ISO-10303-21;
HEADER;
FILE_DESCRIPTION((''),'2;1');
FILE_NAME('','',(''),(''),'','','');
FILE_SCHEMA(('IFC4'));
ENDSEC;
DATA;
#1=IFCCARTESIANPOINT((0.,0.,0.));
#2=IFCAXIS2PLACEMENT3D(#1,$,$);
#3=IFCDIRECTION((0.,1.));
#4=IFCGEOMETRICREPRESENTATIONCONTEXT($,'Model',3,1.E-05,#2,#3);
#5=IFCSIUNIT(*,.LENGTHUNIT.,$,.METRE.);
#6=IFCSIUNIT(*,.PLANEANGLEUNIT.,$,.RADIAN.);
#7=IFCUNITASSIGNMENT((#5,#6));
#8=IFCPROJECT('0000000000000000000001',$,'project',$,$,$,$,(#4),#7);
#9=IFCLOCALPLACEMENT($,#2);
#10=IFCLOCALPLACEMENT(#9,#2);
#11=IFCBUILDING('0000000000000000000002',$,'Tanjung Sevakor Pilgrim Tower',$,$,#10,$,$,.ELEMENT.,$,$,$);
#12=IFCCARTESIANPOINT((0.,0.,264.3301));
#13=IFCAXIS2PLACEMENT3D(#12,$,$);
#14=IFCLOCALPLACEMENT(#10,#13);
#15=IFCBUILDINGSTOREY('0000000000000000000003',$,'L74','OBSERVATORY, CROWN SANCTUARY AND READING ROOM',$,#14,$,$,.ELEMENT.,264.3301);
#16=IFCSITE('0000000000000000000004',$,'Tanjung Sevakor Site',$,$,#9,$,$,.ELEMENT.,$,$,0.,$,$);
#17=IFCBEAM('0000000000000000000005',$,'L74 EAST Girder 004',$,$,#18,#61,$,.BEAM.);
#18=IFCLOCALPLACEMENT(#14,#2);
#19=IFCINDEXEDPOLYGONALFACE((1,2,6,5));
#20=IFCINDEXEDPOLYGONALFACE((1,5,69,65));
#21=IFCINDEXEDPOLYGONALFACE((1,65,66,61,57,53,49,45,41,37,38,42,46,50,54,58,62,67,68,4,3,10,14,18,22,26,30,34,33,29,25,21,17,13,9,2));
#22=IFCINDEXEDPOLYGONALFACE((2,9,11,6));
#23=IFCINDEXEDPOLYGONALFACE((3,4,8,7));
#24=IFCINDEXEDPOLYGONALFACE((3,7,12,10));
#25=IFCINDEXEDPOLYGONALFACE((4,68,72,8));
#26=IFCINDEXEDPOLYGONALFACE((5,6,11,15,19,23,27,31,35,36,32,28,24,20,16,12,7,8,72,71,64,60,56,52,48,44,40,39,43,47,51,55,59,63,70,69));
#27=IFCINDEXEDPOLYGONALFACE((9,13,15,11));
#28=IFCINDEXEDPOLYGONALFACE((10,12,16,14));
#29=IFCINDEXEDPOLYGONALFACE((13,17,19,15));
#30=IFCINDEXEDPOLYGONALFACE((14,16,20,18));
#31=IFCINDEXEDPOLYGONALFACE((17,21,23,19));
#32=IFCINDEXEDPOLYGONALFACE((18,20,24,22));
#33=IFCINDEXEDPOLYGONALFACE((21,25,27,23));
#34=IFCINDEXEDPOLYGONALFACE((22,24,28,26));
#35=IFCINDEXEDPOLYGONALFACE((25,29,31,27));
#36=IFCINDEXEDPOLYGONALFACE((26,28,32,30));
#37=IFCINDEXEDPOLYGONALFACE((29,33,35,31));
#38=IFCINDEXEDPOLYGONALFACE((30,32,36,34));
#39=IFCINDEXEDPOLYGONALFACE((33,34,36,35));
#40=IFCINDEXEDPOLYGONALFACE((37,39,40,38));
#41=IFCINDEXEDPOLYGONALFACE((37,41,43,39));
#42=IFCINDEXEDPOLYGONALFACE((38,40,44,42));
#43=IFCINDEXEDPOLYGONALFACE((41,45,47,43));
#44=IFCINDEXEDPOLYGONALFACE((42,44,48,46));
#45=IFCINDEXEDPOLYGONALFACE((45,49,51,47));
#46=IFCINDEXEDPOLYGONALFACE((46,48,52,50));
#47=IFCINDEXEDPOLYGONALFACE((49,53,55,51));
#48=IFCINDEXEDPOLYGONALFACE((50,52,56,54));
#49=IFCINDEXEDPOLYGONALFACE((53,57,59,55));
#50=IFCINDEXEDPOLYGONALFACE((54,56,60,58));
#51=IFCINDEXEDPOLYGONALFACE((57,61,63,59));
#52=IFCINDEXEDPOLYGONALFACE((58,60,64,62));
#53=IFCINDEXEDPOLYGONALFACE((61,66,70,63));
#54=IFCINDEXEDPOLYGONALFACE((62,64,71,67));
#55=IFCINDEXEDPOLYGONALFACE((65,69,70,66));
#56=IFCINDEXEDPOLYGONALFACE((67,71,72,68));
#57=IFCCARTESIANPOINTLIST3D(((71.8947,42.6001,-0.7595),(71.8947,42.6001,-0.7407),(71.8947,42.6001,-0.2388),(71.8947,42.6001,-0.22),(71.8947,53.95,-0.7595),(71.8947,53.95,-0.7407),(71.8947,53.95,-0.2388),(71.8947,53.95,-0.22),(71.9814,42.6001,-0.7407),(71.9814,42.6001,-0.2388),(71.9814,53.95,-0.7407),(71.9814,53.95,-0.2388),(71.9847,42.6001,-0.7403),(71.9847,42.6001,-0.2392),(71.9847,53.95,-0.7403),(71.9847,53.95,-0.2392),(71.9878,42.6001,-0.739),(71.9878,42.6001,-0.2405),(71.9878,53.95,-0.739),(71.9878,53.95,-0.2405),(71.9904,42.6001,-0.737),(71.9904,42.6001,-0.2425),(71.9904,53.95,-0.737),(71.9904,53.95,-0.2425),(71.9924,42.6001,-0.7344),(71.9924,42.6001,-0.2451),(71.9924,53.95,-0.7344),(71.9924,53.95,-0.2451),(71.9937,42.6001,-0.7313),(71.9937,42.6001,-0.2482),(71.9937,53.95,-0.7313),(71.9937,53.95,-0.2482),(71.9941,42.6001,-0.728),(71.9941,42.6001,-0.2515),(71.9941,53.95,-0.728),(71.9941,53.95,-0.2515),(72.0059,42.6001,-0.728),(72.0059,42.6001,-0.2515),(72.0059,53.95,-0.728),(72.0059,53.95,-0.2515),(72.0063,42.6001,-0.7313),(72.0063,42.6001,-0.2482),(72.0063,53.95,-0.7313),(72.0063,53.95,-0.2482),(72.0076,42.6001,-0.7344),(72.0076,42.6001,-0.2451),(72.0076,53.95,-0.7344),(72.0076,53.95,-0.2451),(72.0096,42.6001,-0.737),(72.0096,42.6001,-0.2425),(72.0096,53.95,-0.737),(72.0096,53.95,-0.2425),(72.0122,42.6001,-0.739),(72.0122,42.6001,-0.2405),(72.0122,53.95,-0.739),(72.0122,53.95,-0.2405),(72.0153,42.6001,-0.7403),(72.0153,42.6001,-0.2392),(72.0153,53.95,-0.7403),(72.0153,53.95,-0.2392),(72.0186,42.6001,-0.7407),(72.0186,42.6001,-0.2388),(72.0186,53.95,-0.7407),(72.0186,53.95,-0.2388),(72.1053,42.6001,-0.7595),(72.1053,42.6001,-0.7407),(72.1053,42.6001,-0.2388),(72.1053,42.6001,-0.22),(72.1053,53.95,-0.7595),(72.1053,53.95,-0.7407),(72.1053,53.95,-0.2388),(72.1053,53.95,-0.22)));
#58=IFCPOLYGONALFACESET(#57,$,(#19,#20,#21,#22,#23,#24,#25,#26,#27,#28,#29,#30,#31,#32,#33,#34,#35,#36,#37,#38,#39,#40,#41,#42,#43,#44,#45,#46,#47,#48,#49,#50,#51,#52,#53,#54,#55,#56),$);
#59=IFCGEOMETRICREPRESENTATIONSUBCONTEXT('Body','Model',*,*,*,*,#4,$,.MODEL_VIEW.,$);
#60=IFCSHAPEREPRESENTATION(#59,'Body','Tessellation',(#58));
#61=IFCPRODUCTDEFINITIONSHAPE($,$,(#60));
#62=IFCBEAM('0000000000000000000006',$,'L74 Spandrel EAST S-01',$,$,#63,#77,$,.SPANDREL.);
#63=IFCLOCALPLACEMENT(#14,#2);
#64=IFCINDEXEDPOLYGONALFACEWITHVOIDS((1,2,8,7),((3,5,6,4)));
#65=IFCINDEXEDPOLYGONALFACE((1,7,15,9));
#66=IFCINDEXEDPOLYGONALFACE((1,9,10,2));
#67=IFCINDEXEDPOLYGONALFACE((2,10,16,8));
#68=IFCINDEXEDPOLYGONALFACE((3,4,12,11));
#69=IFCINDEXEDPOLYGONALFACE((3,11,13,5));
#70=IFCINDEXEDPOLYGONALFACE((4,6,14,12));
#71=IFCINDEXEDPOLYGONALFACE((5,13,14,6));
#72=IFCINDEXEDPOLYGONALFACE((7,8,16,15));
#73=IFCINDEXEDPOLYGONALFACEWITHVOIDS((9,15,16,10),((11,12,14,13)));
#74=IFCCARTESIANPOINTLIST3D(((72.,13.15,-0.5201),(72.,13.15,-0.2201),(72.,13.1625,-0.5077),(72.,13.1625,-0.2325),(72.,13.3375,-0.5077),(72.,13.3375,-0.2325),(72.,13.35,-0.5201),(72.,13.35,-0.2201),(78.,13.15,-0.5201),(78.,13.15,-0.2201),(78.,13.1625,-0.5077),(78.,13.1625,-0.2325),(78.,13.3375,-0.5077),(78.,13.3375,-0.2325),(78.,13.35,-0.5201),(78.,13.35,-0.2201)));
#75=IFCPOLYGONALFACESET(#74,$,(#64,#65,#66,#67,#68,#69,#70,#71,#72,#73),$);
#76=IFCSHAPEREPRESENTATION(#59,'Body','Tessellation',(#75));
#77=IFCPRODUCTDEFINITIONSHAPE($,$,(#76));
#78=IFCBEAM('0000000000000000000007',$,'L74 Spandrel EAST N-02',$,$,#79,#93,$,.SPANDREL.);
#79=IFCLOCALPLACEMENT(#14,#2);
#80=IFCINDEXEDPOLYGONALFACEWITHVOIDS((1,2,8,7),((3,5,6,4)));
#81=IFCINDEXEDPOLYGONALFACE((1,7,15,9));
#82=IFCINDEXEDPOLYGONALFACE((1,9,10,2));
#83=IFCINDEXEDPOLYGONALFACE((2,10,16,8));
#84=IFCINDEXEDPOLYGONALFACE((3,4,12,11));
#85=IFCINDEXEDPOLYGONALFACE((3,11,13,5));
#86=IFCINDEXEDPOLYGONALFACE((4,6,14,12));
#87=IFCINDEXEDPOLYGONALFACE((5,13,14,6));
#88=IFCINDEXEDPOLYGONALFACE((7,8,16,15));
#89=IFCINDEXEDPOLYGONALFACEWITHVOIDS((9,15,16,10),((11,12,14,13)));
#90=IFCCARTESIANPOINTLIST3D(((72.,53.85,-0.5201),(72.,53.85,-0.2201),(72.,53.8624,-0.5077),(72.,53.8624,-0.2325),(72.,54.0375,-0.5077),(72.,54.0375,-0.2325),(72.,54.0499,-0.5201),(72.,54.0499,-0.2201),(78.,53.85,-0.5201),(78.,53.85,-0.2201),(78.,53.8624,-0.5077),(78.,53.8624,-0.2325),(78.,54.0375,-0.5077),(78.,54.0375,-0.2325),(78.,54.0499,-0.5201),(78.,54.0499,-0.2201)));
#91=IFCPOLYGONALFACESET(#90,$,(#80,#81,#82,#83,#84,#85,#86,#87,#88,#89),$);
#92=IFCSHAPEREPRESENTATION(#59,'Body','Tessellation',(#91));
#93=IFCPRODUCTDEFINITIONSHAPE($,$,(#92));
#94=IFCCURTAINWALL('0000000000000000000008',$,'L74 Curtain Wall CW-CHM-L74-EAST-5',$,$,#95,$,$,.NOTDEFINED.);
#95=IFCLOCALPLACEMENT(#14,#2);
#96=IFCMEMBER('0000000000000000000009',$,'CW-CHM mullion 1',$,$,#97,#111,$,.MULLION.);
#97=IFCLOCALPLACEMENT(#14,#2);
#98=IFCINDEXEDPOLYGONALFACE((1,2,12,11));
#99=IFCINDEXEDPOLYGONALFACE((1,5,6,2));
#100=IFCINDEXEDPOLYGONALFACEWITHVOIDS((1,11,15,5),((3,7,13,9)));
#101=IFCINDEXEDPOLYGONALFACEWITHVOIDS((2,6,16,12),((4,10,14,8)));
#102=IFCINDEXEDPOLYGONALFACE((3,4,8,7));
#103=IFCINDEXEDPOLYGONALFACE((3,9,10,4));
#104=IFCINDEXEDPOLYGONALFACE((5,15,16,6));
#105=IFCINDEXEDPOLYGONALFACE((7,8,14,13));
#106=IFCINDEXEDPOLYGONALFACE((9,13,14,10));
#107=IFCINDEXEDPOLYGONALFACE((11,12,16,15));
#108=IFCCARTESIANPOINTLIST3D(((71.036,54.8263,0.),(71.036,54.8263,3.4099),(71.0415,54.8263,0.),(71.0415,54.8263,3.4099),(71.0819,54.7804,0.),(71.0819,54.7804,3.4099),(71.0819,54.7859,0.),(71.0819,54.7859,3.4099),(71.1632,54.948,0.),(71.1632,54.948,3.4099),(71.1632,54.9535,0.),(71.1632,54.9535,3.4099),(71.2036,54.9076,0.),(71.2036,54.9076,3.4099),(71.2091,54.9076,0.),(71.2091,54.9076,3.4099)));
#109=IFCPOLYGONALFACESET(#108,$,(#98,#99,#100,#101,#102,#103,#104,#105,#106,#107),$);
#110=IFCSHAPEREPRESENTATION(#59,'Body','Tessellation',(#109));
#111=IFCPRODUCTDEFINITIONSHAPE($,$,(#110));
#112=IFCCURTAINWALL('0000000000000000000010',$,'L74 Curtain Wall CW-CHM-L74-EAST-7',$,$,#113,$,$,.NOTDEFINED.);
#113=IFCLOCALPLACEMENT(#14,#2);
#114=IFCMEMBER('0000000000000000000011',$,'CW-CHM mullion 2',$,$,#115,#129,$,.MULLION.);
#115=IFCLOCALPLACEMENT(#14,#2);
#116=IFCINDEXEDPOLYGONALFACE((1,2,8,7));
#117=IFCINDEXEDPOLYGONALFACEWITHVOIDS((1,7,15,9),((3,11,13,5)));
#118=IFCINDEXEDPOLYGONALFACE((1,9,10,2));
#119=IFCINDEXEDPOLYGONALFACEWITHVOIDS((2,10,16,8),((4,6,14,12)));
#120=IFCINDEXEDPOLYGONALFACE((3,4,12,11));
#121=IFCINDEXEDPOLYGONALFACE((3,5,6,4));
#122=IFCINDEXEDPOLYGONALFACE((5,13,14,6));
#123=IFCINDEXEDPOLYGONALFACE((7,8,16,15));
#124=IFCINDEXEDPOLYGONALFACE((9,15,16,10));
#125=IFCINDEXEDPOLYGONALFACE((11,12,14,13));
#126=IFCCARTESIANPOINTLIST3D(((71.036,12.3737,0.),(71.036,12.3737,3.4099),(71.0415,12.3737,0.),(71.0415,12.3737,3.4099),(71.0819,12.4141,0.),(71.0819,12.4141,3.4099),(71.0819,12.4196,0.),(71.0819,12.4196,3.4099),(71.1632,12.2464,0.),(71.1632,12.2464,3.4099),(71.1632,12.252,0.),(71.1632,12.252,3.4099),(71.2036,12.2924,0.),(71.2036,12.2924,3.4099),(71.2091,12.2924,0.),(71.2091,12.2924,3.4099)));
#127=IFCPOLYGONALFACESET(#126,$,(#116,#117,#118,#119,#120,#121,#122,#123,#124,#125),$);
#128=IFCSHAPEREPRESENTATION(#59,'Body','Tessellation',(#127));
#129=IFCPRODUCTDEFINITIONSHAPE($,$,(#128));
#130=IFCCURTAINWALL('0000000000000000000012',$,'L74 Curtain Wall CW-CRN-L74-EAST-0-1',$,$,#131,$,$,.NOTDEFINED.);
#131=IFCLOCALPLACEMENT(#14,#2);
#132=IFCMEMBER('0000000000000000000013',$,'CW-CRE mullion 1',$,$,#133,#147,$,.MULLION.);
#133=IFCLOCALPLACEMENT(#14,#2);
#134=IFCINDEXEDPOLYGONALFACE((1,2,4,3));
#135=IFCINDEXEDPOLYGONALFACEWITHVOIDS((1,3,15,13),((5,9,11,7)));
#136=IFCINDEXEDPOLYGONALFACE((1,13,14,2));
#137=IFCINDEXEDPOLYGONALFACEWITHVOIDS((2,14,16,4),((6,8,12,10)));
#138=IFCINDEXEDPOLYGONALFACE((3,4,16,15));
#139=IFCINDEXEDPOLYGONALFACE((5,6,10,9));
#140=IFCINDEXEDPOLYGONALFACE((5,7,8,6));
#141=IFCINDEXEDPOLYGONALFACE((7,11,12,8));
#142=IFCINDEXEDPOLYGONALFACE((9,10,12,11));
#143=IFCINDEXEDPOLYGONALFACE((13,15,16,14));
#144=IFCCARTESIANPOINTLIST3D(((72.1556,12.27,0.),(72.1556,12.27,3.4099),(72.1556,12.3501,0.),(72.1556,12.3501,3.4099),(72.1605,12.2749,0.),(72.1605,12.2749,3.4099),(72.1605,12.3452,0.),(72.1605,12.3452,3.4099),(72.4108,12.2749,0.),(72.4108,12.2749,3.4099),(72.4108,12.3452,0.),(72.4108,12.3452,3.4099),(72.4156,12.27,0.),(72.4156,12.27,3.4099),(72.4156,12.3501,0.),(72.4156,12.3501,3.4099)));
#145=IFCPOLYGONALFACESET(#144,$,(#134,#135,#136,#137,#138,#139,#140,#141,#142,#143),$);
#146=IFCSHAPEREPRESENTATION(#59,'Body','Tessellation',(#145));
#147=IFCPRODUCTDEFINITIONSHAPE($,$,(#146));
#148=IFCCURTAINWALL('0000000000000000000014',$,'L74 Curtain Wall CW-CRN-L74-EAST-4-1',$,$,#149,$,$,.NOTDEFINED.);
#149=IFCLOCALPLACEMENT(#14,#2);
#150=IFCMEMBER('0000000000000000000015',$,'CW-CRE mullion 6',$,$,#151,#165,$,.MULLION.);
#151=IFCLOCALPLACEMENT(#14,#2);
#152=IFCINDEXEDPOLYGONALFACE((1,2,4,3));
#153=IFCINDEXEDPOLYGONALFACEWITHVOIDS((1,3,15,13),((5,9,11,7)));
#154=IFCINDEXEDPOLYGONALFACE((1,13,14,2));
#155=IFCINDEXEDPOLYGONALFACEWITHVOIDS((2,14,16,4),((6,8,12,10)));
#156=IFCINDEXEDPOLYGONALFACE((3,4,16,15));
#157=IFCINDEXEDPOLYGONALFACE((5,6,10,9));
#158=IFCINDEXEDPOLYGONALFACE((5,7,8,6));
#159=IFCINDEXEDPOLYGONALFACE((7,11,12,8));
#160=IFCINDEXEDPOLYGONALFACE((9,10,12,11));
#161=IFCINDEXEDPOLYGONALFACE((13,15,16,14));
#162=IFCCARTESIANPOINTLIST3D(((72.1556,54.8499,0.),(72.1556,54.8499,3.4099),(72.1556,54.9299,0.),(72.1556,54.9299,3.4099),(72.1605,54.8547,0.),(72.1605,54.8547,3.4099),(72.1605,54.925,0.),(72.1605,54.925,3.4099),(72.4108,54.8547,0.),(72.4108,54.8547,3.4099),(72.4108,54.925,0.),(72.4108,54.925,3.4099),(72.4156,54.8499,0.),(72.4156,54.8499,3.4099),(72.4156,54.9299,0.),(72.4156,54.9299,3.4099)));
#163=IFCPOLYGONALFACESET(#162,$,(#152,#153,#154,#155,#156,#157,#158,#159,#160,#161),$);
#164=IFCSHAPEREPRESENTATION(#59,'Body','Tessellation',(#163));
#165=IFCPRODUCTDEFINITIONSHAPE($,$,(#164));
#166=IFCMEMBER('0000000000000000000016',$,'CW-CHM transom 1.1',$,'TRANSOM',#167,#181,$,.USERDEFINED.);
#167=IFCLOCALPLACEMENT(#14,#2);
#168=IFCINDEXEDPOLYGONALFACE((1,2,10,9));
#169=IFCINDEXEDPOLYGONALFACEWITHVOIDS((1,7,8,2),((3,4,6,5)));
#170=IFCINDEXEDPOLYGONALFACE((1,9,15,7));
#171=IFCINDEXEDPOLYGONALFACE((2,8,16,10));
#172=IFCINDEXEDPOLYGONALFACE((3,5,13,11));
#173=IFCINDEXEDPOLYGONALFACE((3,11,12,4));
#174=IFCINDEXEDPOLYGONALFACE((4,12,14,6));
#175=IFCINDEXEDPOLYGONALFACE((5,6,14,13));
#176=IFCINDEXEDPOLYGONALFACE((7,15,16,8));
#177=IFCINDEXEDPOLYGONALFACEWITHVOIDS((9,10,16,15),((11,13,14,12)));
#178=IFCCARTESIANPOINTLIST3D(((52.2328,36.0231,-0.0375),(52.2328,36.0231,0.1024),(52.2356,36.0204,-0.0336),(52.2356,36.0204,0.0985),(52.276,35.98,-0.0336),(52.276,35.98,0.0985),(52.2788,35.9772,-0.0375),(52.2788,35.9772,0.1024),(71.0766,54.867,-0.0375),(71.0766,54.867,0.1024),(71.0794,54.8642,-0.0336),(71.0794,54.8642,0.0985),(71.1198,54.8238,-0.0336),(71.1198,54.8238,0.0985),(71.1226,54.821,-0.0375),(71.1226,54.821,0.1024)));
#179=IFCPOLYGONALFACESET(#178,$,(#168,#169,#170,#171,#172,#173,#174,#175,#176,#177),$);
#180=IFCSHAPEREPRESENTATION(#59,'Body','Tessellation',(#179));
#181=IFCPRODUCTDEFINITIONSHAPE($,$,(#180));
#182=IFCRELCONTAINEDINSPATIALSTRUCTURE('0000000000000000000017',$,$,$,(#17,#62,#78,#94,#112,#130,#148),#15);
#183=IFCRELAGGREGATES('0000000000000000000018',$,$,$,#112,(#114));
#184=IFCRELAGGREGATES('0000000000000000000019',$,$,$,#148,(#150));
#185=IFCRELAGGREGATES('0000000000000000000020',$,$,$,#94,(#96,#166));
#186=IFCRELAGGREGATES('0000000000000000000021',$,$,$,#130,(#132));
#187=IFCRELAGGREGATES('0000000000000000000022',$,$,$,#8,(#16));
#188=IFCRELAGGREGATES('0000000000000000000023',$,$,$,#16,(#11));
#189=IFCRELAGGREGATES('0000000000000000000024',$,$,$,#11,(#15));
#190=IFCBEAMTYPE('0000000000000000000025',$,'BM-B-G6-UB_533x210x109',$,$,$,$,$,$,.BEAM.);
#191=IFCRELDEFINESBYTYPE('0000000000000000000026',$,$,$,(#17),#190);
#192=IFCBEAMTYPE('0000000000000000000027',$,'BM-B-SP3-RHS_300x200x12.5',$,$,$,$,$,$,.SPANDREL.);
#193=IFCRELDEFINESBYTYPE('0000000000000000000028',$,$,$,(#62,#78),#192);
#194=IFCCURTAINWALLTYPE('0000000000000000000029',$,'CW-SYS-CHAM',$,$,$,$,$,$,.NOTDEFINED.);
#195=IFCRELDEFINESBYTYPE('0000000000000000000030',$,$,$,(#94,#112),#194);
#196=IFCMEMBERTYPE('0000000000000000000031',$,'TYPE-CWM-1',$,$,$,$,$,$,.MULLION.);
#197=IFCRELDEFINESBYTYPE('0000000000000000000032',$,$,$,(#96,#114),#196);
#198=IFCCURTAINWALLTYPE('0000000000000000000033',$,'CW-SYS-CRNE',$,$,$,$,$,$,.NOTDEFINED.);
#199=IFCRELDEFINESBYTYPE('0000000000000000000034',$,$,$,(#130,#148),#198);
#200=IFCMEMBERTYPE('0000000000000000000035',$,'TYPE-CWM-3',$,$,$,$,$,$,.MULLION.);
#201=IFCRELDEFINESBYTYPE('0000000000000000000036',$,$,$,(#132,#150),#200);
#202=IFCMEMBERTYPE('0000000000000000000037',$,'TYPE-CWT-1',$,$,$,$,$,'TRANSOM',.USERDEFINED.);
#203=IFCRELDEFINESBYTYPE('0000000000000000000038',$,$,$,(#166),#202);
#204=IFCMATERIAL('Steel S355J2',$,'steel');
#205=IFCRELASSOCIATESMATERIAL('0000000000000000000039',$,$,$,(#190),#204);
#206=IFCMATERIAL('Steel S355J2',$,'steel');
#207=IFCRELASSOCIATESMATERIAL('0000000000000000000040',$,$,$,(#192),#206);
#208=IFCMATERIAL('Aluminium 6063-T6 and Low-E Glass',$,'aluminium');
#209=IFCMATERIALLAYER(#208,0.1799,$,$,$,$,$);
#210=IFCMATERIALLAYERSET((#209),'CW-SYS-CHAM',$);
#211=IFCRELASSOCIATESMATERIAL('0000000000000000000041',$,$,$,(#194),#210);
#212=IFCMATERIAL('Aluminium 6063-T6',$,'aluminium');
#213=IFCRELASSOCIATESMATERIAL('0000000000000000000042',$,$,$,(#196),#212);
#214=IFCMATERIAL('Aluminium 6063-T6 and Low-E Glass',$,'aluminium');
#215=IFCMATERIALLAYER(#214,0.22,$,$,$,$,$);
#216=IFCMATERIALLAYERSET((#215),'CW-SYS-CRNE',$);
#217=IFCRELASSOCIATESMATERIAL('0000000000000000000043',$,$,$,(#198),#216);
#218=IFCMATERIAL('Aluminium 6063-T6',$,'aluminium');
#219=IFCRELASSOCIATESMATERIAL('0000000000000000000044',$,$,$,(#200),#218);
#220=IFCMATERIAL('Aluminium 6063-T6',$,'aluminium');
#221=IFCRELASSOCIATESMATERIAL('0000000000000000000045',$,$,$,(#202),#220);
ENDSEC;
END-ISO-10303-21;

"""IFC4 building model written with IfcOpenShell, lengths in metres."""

from ifc_helpers import new_model, si_unit, direction, frame, origin, origin_2d, place, context, subcontext, project, spatial, hollow_rectangle, i_section, extrude, material, layer, layer_set, material_profile, profile_set, type_object, element, aggregate, save


model = new_model("IFC4")

# Units and contexts
model_context = context("Model", 3, precision=1e-05, world=origin(), true_north=direction((0.0, 1.0)))
body_context = subcontext(model_context, "Body", "Model", "MODEL_VIEW")
ifc_project = project(units=[si_unit("LENGTHUNIT", "METRE"), si_unit("PLANEANGLEUNIT", "RADIAN")], contexts=[model_context])

# Site, building, storey
site_placement = place(None, origin())
site = spatial("IfcSite", under=ifc_project, at=site_placement, Name="Tanjung Sevakor Site", CompositionType="ELEMENT", RefElevation=0.0)
building_placement = place(site_placement, origin())
building = spatial("IfcBuilding", under=site, at=building_placement, Name="Tanjung Sevakor Pilgrim Tower", CompositionType="ELEMENT")
storey_placement = place(building_placement, frame((0.0, 0.0, 264.3301)))
storey = spatial("IfcBuildingStorey", under=building, at=storey_placement, Name="L74", Description="OBSERVATORY, CROWN SANCTUARY AND READING ROOM", CompositionType="ELEMENT", Elevation=264.3301)

# Beams
ifc_material_1 = material(Name="Steel S355J2", Category="steel")
ifc_material_profile_1 = material_profile(ifc_material_1, i_section(OverallWidth=0.2107, OverallDepth=0.5396, WebThickness=0.0117, FlangeThickness=0.0188, FilletRadius=0.0127, at=origin_2d()))
ifc_profile_set_1 = profile_set([ifc_material_profile_1], Name="Steel S355J2")
beam_type_1 = type_object("IfcBeamType", Name="BM-B-G6-UB_533x210x109", PredefinedType="BEAM", material=ifc_profile_set_1)
beam_1_placement = place(storey_placement, frame((72.0, 42.6001, -0.4897), z_axis=(0.0, 1.0, 0.0), x_axis=(-1.0, 0.0, 0.0)))
element("IfcBeam", 1, at=beam_1_placement, inside=storey, type_object=beam_type_1, Name="L74 EAST Girder 004", PredefinedType="BEAM", context=body_context, shape_type="SweptSolid", body=[
    extrude(i_section(OverallWidth=0.2107, OverallDepth=0.5396, WebThickness=0.0117, FlangeThickness=0.0188, FilletRadius=0.0127, at=origin_2d()), origin(), (0.0, 0.0, 1.0), 11.3499),
])
ifc_material_2 = material(Name="Steel S355J2", Category="steel")
ifc_material_profile_2 = material_profile(ifc_material_2, hollow_rectangle(XDim=0.2, YDim=0.3, WallThickness=0.0125, at=origin_2d()))
ifc_profile_set_2 = profile_set([ifc_material_profile_2], Name="Steel S355J2")
beam_type_2 = type_object("IfcBeamType", Name="BM-B-SP3-RHS_300x200x12.5", PredefinedType="SPANDREL", material=ifc_profile_set_2)
for number, where, z_axis, x_axis, name in (
    (2, (72.0, 13.25, -0.3701), (1.0, 0.0, 0.0), (0.0, 1.0, 0.0), "L74 Spandrel EAST S-01"),
    (3, (72.0, 53.95, -0.3701), (1.0, 0.0, 0.0), (0.0, 1.0, 0.0), "L74 Spandrel EAST N-02"),
):
    element("IfcBeam", number, at=place(storey_placement, frame(where, z_axis=z_axis, x_axis=x_axis)), inside=storey, type_object=beam_type_2, Name=name, PredefinedType="SPANDREL", context=body_context, shape_type="SweptSolid", body=[
        extrude(hollow_rectangle(XDim=0.2, YDim=0.3, WallThickness=0.0125, at=origin_2d()), origin(), (0.0, 0.0, 1.0), 6.0),
    ])

# Curtain walls, members
ifc_material_3 = material(Name="Aluminium 6063-T6 and Low-E Glass", Category="aluminium")
ifc_layer_1 = layer(ifc_material_3, 0.1799)
ifc_layer_set_1 = layer_set([ifc_layer_1], Name="CW-SYS-CHAM")
curtain_wall_type_1 = type_object("IfcCurtainWallType", Name="CW-SYS-CHAM", PredefinedType="NOTDEFINED", material=ifc_layer_set_1)
curtain_wall_1_placement = place(storey_placement, origin())
curtain_wall_1 = element("IfcCurtainWall", 4, at=curtain_wall_1_placement, inside=storey, type_object=curtain_wall_type_1, Name="L74 Curtain Wall CW-CHM-L74-EAST-5", PredefinedType="NOTDEFINED")
ifc_material_4 = material(Name="Aluminium 6063-T6", Category="aluminium")
ifc_material_profile_3 = material_profile(ifc_material_4, hollow_rectangle(XDim=0.0649, YDim=0.1799, WallThickness=0.0039, at=origin_2d()))
ifc_profile_set_3 = profile_set([ifc_material_profile_3], Name="Aluminium 6063-T6")
member_type_1 = type_object("IfcMemberType", Name="TYPE-CWM-1", PredefinedType="MULLION", material=ifc_profile_set_3)
member_1_placement = place(storey_placement, frame((71.1226, 54.8669, 0.0), z_axis=(0.0, 0.0, 1.0), x_axis=(0.707107, -0.707107, 0.0)))
member_1 = element("IfcMember", 5, at=member_1_placement, type_object=member_type_1, Name="CW-CHM mullion 1", PredefinedType="MULLION", context=body_context, shape_type="SweptSolid", body=[
    extrude(hollow_rectangle(XDim=0.0649, YDim=0.1799, WallThickness=0.0039, at=origin_2d()), origin(), (0.0, 0.0, 1.0), 3.4099),
])
curtain_wall_2_placement = place(storey_placement, origin())
curtain_wall_2 = element("IfcCurtainWall", 6, at=curtain_wall_2_placement, inside=storey, type_object=curtain_wall_type_1, Name="L74 Curtain Wall CW-CHM-L74-EAST-7", PredefinedType="NOTDEFINED")
member_2_placement = place(storey_placement, frame((71.1226, 12.333, 0.0), z_axis=(0.0, 0.0, 1.0), x_axis=(0.707107, 0.707107, 0.0)))
member_2 = element("IfcMember", 7, at=member_2_placement, type_object=member_type_1, Name="CW-CHM mullion 2", PredefinedType="MULLION", context=body_context, shape_type="SweptSolid", body=[
    extrude(hollow_rectangle(XDim=0.0649, YDim=0.1799, WallThickness=0.0039, at=origin_2d()), origin(), (0.0, 0.0, 1.0), 3.4099),
])
aggregate(curtain_wall_2, [member_2])
ifc_material_5 = material(Name="Aluminium 6063-T6 and Low-E Glass", Category="aluminium")
ifc_layer_2 = layer(ifc_material_5, 0.22)
ifc_layer_set_2 = layer_set([ifc_layer_2], Name="CW-SYS-CRNE")
curtain_wall_type_2 = type_object("IfcCurtainWallType", Name="CW-SYS-CRNE", PredefinedType="NOTDEFINED", material=ifc_layer_set_2)
curtain_wall_3_placement = place(storey_placement, origin())
curtain_wall_3 = element("IfcCurtainWall", 8, at=curtain_wall_3_placement, inside=storey, type_object=curtain_wall_type_2, Name="L74 Curtain Wall CW-CRN-L74-EAST-0-1", PredefinedType="NOTDEFINED")
ifc_material_6 = material(Name="Aluminium 6063-T6", Category="aluminium")
ifc_material_profile_4 = material_profile(ifc_material_6, hollow_rectangle(XDim=0.0801, YDim=0.26, WallThickness=0.0049, at=origin_2d()))
ifc_profile_set_4 = profile_set([ifc_material_profile_4], Name="Aluminium 6063-T6")
member_type_2 = type_object("IfcMemberType", Name="TYPE-CWM-3", PredefinedType="MULLION", material=ifc_profile_set_4)
member_3_placement = place(storey_placement, frame((72.2856, 12.3101, 0.0), z_axis=(0.0, 0.0, 1.0), x_axis=(0.0, 1.0, 0.0)))
member_3 = element("IfcMember", 9, at=member_3_placement, type_object=member_type_2, Name="CW-CRE mullion 1", PredefinedType="MULLION", context=body_context, shape_type="SweptSolid", body=[
    extrude(hollow_rectangle(XDim=0.0801, YDim=0.26, WallThickness=0.0049, at=origin_2d()), origin(), (0.0, 0.0, 1.0), 3.4099),
])
curtain_wall_4_placement = place(storey_placement, origin())
curtain_wall_4 = element("IfcCurtainWall", 10, at=curtain_wall_4_placement, inside=storey, type_object=curtain_wall_type_2, Name="L74 Curtain Wall CW-CRN-L74-EAST-4-1", PredefinedType="NOTDEFINED")
member_4_placement = place(storey_placement, frame((72.2856, 54.8899, 0.0), z_axis=(0.0, 0.0, 1.0), x_axis=(0.0, -1.0, 0.0)))
member_4 = element("IfcMember", 11, at=member_4_placement, type_object=member_type_2, Name="CW-CRE mullion 6", PredefinedType="MULLION", context=body_context, shape_type="SweptSolid", body=[
    extrude(hollow_rectangle(XDim=0.0801, YDim=0.26, WallThickness=0.0049, at=origin_2d()), origin(), (0.0, 0.0, 1.0), 3.4099),
])
aggregate(curtain_wall_4, [member_4])

# Member
ifc_material_7 = material(Name="Aluminium 6063-T6", Category="aluminium")
ifc_material_profile_5 = material_profile(ifc_material_7, hollow_rectangle(XDim=0.0649, YDim=0.1399, WallThickness=0.0039, at=origin_2d()))
ifc_profile_set_5 = profile_set([ifc_material_profile_5], Name="Aluminium 6063-T6")
member_type_3 = type_object("IfcMemberType", Name="TYPE-CWT-1", ElementType="TRANSOM", PredefinedType="USERDEFINED", material=ifc_profile_set_5)
member_5_placement = place(storey_placement, frame((71.0996, 54.844, 0.0325), z_axis=(-0.707107, -0.707107, 0.0), x_axis=(0.707107, -0.707107, 0.0)))
member_5 = element("IfcMember", 12, at=member_5_placement, type_object=member_type_3, Name="CW-CHM transom 1.1", ObjectType="TRANSOM", PredefinedType="USERDEFINED", context=body_context, shape_type="SweptSolid", body=[
    extrude(hollow_rectangle(XDim=0.0649, YDim=0.1399, WallThickness=0.0039, at=origin_2d()), origin(), (0.0, 0.0, 1.0), 26.6492),
])
aggregate(curtain_wall_1, [member_1, member_5])
aggregate(curtain_wall_3, [member_3])

save(model, "model.ifc")
